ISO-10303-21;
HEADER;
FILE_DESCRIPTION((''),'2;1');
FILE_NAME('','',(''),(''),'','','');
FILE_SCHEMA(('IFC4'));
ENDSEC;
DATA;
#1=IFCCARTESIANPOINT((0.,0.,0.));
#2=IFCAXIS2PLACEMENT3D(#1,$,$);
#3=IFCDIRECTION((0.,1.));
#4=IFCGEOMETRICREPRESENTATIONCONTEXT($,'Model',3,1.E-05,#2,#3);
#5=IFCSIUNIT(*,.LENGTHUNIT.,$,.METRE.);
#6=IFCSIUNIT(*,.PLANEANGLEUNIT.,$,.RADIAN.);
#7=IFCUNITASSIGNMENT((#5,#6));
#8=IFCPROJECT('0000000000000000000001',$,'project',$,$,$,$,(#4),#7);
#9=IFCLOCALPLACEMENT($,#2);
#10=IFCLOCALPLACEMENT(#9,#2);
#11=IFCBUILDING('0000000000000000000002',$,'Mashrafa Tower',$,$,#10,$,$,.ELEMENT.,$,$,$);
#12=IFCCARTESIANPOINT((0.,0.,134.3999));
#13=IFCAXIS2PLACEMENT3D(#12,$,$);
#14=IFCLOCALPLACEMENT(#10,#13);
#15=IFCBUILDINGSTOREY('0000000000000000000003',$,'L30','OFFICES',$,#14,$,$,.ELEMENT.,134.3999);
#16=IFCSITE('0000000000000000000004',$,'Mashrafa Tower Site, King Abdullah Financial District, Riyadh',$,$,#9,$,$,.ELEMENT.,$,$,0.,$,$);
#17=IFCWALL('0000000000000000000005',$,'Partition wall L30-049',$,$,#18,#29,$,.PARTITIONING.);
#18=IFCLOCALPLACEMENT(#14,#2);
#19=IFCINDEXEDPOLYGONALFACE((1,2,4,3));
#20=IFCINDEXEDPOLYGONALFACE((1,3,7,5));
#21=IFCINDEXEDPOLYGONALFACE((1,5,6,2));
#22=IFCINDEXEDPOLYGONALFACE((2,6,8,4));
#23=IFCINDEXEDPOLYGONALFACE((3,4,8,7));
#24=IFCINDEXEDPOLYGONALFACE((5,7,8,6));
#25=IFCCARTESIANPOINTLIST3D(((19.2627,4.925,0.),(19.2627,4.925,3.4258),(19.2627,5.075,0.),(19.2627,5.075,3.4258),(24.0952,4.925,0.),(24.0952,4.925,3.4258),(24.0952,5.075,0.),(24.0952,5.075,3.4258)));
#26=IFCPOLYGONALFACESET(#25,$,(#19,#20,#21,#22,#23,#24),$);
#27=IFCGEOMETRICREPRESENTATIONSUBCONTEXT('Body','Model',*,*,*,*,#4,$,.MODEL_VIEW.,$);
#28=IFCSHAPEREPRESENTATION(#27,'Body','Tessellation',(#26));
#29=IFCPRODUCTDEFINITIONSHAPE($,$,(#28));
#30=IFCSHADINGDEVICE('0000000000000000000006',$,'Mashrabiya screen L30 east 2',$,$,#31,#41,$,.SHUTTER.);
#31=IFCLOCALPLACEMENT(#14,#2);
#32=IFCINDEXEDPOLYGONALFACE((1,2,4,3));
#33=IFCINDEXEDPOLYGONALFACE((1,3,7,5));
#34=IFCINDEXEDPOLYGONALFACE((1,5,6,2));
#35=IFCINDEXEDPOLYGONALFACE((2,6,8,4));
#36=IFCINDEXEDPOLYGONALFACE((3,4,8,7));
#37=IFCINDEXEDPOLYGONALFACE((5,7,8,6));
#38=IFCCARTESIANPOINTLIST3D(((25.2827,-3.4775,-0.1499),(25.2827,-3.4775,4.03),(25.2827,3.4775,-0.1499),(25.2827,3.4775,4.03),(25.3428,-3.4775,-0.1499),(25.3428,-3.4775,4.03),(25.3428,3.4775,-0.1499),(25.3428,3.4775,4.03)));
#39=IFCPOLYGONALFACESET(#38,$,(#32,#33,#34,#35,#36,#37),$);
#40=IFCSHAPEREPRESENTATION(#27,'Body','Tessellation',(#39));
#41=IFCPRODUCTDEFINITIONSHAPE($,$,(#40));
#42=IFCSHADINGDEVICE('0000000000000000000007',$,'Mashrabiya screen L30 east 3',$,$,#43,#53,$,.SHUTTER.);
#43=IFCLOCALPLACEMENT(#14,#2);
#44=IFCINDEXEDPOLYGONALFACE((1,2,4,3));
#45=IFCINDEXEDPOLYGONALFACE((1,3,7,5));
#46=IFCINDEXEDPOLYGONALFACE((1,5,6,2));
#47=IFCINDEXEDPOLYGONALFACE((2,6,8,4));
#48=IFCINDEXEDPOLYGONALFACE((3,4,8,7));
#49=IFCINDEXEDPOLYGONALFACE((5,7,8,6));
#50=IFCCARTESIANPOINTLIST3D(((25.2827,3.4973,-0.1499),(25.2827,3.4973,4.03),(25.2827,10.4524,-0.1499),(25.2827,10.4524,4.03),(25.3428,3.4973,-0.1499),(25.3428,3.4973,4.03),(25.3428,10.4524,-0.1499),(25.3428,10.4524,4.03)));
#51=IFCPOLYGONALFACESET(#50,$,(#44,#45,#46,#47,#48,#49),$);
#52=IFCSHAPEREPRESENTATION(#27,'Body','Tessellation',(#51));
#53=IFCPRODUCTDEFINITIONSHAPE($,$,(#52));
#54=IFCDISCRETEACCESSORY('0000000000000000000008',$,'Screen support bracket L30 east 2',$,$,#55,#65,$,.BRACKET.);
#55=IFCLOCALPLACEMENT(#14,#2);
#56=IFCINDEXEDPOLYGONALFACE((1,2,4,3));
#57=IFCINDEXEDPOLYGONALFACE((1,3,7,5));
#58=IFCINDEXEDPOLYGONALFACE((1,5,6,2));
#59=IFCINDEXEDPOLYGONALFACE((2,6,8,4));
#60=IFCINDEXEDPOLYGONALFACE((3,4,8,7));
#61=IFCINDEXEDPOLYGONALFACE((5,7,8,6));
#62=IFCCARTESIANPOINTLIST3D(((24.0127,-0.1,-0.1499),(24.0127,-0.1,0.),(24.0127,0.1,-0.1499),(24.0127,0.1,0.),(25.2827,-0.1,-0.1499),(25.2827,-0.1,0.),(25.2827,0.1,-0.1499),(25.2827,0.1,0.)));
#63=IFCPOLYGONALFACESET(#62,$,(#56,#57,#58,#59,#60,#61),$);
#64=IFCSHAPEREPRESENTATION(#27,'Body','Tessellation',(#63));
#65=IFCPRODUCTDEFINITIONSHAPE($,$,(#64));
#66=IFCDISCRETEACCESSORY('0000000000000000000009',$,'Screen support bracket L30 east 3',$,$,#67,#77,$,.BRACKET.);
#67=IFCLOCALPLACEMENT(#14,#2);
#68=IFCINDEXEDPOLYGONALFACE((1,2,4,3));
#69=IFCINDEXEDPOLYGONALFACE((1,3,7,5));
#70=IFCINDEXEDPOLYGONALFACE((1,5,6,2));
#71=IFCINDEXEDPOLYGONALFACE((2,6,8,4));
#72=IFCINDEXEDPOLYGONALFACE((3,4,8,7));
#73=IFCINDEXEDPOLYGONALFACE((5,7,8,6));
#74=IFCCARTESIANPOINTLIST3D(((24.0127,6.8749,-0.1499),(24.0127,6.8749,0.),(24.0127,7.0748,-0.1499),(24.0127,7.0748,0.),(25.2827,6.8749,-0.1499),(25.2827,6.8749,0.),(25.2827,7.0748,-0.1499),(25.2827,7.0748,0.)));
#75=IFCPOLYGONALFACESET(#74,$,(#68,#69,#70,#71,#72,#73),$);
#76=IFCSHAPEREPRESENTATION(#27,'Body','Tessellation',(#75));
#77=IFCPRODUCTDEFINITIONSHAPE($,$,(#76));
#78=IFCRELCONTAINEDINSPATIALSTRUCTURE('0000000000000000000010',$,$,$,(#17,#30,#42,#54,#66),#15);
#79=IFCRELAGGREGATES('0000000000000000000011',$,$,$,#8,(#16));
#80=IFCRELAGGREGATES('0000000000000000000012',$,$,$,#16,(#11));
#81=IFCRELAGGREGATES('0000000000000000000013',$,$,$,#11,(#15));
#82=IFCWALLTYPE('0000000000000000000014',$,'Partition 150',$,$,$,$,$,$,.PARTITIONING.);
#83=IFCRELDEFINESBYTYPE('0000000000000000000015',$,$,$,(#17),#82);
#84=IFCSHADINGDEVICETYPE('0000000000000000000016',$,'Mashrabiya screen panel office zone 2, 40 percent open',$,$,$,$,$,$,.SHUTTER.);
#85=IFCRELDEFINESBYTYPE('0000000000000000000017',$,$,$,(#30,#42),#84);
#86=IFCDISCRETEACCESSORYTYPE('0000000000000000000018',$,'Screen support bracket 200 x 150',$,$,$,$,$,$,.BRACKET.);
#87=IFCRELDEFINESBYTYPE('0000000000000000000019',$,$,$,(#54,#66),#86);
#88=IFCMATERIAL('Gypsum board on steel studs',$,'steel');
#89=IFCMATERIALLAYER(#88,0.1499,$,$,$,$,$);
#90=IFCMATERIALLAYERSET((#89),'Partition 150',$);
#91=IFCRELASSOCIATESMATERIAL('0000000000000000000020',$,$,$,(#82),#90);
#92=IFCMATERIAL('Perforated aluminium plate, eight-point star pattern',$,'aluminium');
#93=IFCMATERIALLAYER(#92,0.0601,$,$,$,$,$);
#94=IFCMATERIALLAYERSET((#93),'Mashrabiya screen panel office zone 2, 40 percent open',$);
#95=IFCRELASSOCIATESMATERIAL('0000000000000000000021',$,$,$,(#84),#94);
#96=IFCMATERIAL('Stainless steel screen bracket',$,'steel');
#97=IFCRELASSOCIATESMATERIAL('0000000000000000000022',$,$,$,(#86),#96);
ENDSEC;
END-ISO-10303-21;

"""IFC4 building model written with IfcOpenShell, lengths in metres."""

from ifc_helpers import new_model, si_unit, direction, frame, frame_2d, origin, origin_2d, place, context, subcontext, project, spatial, rectangle, extrude, source, transform, mapped, material, layer, layer_set, type_object, type_shapes, element, save


model = new_model("IFC4")

# Units and contexts
model_context = context("Model", 3, precision=1e-05, world=origin(), true_north=direction((0.0, 1.0)))
body_context = subcontext(model_context, "Body", "Model", "MODEL_VIEW")
ifc_project = project(units=[si_unit("LENGTHUNIT", "METRE"), si_unit("PLANEANGLEUNIT", "RADIAN")], contexts=[model_context])

# Site, building, storey
site_placement = place(None, origin())
site = spatial("IfcSite", under=ifc_project, at=site_placement, Name="Mashrafa Tower Site, King Abdullah Financial District, Riyadh", CompositionType="ELEMENT", RefElevation=0.0)
building_placement = place(site_placement, origin())
building = spatial("IfcBuilding", under=site, at=building_placement, Name="Mashrafa Tower", CompositionType="ELEMENT")
storey_placement = place(building_placement, frame((0.0, 0.0, 134.3999)))
storey = spatial("IfcBuildingStorey", under=building, at=storey_placement, Name="L30", Description="OFFICES", CompositionType="ELEMENT", Elevation=134.3999)

# Shared definitions
ifc_material_1 = material(Name="Gypsum board on steel studs", Category="steel")
ifc_layer_1 = layer(ifc_material_1, 0.1499)
ifc_layer_set_1 = layer_set([ifc_layer_1], Name="Partition 150")
wall_type_1 = type_object("IfcWallType", Name="Partition 150", PredefinedType="PARTITIONING", material=ifc_layer_set_1)

# Wall
wall_1_placement = place(storey_placement, frame((19.2627, 5.0, 0.0), z_axis=(0.0, 0.0, 1.0), x_axis=(1.0, 0.0, 0.0)))
element("IfcWall", 1, at=wall_1_placement, inside=storey, type_object=wall_type_1, Name="Partition wall L30-049", PredefinedType="PARTITIONING", context=body_context, shape_type="SweptSolid", body=[
    extrude(rectangle(XDim=4.8325, YDim=0.1499, at=frame_2d((2.4163, 0.0))), origin(), (0.0, 0.0, 1.0), 3.4258),
])

# Shading devices
ifc_material_2 = material(Name="Perforated aluminium plate, eight-point star pattern", Category="aluminium")
ifc_layer_2 = layer(ifc_material_2, 0.0601)
ifc_layer_set_2 = layer_set([ifc_layer_2], Name="Mashrabiya screen panel office zone 2, 40 percent open")
shading_device_type = type_object("IfcShadingDeviceType", Name="Mashrabiya screen panel office zone 2, 40 percent open", PredefinedType="SHUTTER", material=ifc_layer_set_2)
shared_shape_1 = source(origin(), body_context, "Body", "SweptSolid", [
    extrude(rectangle(XDim=6.9551, YDim=0.0601, at=origin_2d()), origin(), (0.0, 0.0, 1.0), 4.1799),
])
type_shapes(shading_device_type, [shared_shape_1])
for number, where, z_axis, x_axis, name in (
    (2, (25.3127, 0.0, -0.1499), (0.0, 0.0, 1.0), (0.0, 1.0, 0.0), "Mashrabiya screen L30 east 2"),
    (3, (25.3127, 6.9749, -0.1499), (0.0, 0.0, 1.0), (0.0, 1.0, 0.0), "Mashrabiya screen L30 east 3"),
):
    element("IfcShadingDevice", number, at=place(storey_placement, frame(where, z_axis=z_axis, x_axis=x_axis)), inside=storey, type_object=shading_device_type, Name=name, PredefinedType="SHUTTER", context=body_context, shape_type="MappedRepresentation", body=[
        mapped(shared_shape_1, transform((0.0, 0.0, 0.0))),
    ])

# Discrete accessories
ifc_material_3 = material(Name="Stainless steel screen bracket", Category="steel")
discrete_accessory_type = type_object("IfcDiscreteAccessoryType", Name="Screen support bracket 200 x 150", PredefinedType="BRACKET", material=ifc_material_3)
shared_shape_2 = source(origin(), body_context, "Body", "SweptSolid", [
    extrude(rectangle(XDim=0.2, YDim=1.27, at=origin_2d()), origin(), (0.0, 0.0, 1.0), 0.1499),
])
type_shapes(discrete_accessory_type, [shared_shape_2])
for number, where, z_axis, x_axis, name in (
    (4, (24.6477, 0.0, -0.1499), (0.0, 0.0, 1.0), (0.0, 1.0, 0.0), "Screen support bracket L30 east 2"),
    (5, (24.6477, 6.9749, -0.1499), (0.0, 0.0, 1.0), (0.0, 1.0, 0.0), "Screen support bracket L30 east 3"),
):
    element("IfcDiscreteAccessory", number, at=place(storey_placement, frame(where, z_axis=z_axis, x_axis=x_axis)), inside=storey, type_object=discrete_accessory_type, Name=name, PredefinedType="BRACKET", context=body_context, shape_type="MappedRepresentation", body=[
        mapped(shared_shape_2, transform((0.0, 0.0, 0.0))),
    ])

save(model, "model.ifc")
